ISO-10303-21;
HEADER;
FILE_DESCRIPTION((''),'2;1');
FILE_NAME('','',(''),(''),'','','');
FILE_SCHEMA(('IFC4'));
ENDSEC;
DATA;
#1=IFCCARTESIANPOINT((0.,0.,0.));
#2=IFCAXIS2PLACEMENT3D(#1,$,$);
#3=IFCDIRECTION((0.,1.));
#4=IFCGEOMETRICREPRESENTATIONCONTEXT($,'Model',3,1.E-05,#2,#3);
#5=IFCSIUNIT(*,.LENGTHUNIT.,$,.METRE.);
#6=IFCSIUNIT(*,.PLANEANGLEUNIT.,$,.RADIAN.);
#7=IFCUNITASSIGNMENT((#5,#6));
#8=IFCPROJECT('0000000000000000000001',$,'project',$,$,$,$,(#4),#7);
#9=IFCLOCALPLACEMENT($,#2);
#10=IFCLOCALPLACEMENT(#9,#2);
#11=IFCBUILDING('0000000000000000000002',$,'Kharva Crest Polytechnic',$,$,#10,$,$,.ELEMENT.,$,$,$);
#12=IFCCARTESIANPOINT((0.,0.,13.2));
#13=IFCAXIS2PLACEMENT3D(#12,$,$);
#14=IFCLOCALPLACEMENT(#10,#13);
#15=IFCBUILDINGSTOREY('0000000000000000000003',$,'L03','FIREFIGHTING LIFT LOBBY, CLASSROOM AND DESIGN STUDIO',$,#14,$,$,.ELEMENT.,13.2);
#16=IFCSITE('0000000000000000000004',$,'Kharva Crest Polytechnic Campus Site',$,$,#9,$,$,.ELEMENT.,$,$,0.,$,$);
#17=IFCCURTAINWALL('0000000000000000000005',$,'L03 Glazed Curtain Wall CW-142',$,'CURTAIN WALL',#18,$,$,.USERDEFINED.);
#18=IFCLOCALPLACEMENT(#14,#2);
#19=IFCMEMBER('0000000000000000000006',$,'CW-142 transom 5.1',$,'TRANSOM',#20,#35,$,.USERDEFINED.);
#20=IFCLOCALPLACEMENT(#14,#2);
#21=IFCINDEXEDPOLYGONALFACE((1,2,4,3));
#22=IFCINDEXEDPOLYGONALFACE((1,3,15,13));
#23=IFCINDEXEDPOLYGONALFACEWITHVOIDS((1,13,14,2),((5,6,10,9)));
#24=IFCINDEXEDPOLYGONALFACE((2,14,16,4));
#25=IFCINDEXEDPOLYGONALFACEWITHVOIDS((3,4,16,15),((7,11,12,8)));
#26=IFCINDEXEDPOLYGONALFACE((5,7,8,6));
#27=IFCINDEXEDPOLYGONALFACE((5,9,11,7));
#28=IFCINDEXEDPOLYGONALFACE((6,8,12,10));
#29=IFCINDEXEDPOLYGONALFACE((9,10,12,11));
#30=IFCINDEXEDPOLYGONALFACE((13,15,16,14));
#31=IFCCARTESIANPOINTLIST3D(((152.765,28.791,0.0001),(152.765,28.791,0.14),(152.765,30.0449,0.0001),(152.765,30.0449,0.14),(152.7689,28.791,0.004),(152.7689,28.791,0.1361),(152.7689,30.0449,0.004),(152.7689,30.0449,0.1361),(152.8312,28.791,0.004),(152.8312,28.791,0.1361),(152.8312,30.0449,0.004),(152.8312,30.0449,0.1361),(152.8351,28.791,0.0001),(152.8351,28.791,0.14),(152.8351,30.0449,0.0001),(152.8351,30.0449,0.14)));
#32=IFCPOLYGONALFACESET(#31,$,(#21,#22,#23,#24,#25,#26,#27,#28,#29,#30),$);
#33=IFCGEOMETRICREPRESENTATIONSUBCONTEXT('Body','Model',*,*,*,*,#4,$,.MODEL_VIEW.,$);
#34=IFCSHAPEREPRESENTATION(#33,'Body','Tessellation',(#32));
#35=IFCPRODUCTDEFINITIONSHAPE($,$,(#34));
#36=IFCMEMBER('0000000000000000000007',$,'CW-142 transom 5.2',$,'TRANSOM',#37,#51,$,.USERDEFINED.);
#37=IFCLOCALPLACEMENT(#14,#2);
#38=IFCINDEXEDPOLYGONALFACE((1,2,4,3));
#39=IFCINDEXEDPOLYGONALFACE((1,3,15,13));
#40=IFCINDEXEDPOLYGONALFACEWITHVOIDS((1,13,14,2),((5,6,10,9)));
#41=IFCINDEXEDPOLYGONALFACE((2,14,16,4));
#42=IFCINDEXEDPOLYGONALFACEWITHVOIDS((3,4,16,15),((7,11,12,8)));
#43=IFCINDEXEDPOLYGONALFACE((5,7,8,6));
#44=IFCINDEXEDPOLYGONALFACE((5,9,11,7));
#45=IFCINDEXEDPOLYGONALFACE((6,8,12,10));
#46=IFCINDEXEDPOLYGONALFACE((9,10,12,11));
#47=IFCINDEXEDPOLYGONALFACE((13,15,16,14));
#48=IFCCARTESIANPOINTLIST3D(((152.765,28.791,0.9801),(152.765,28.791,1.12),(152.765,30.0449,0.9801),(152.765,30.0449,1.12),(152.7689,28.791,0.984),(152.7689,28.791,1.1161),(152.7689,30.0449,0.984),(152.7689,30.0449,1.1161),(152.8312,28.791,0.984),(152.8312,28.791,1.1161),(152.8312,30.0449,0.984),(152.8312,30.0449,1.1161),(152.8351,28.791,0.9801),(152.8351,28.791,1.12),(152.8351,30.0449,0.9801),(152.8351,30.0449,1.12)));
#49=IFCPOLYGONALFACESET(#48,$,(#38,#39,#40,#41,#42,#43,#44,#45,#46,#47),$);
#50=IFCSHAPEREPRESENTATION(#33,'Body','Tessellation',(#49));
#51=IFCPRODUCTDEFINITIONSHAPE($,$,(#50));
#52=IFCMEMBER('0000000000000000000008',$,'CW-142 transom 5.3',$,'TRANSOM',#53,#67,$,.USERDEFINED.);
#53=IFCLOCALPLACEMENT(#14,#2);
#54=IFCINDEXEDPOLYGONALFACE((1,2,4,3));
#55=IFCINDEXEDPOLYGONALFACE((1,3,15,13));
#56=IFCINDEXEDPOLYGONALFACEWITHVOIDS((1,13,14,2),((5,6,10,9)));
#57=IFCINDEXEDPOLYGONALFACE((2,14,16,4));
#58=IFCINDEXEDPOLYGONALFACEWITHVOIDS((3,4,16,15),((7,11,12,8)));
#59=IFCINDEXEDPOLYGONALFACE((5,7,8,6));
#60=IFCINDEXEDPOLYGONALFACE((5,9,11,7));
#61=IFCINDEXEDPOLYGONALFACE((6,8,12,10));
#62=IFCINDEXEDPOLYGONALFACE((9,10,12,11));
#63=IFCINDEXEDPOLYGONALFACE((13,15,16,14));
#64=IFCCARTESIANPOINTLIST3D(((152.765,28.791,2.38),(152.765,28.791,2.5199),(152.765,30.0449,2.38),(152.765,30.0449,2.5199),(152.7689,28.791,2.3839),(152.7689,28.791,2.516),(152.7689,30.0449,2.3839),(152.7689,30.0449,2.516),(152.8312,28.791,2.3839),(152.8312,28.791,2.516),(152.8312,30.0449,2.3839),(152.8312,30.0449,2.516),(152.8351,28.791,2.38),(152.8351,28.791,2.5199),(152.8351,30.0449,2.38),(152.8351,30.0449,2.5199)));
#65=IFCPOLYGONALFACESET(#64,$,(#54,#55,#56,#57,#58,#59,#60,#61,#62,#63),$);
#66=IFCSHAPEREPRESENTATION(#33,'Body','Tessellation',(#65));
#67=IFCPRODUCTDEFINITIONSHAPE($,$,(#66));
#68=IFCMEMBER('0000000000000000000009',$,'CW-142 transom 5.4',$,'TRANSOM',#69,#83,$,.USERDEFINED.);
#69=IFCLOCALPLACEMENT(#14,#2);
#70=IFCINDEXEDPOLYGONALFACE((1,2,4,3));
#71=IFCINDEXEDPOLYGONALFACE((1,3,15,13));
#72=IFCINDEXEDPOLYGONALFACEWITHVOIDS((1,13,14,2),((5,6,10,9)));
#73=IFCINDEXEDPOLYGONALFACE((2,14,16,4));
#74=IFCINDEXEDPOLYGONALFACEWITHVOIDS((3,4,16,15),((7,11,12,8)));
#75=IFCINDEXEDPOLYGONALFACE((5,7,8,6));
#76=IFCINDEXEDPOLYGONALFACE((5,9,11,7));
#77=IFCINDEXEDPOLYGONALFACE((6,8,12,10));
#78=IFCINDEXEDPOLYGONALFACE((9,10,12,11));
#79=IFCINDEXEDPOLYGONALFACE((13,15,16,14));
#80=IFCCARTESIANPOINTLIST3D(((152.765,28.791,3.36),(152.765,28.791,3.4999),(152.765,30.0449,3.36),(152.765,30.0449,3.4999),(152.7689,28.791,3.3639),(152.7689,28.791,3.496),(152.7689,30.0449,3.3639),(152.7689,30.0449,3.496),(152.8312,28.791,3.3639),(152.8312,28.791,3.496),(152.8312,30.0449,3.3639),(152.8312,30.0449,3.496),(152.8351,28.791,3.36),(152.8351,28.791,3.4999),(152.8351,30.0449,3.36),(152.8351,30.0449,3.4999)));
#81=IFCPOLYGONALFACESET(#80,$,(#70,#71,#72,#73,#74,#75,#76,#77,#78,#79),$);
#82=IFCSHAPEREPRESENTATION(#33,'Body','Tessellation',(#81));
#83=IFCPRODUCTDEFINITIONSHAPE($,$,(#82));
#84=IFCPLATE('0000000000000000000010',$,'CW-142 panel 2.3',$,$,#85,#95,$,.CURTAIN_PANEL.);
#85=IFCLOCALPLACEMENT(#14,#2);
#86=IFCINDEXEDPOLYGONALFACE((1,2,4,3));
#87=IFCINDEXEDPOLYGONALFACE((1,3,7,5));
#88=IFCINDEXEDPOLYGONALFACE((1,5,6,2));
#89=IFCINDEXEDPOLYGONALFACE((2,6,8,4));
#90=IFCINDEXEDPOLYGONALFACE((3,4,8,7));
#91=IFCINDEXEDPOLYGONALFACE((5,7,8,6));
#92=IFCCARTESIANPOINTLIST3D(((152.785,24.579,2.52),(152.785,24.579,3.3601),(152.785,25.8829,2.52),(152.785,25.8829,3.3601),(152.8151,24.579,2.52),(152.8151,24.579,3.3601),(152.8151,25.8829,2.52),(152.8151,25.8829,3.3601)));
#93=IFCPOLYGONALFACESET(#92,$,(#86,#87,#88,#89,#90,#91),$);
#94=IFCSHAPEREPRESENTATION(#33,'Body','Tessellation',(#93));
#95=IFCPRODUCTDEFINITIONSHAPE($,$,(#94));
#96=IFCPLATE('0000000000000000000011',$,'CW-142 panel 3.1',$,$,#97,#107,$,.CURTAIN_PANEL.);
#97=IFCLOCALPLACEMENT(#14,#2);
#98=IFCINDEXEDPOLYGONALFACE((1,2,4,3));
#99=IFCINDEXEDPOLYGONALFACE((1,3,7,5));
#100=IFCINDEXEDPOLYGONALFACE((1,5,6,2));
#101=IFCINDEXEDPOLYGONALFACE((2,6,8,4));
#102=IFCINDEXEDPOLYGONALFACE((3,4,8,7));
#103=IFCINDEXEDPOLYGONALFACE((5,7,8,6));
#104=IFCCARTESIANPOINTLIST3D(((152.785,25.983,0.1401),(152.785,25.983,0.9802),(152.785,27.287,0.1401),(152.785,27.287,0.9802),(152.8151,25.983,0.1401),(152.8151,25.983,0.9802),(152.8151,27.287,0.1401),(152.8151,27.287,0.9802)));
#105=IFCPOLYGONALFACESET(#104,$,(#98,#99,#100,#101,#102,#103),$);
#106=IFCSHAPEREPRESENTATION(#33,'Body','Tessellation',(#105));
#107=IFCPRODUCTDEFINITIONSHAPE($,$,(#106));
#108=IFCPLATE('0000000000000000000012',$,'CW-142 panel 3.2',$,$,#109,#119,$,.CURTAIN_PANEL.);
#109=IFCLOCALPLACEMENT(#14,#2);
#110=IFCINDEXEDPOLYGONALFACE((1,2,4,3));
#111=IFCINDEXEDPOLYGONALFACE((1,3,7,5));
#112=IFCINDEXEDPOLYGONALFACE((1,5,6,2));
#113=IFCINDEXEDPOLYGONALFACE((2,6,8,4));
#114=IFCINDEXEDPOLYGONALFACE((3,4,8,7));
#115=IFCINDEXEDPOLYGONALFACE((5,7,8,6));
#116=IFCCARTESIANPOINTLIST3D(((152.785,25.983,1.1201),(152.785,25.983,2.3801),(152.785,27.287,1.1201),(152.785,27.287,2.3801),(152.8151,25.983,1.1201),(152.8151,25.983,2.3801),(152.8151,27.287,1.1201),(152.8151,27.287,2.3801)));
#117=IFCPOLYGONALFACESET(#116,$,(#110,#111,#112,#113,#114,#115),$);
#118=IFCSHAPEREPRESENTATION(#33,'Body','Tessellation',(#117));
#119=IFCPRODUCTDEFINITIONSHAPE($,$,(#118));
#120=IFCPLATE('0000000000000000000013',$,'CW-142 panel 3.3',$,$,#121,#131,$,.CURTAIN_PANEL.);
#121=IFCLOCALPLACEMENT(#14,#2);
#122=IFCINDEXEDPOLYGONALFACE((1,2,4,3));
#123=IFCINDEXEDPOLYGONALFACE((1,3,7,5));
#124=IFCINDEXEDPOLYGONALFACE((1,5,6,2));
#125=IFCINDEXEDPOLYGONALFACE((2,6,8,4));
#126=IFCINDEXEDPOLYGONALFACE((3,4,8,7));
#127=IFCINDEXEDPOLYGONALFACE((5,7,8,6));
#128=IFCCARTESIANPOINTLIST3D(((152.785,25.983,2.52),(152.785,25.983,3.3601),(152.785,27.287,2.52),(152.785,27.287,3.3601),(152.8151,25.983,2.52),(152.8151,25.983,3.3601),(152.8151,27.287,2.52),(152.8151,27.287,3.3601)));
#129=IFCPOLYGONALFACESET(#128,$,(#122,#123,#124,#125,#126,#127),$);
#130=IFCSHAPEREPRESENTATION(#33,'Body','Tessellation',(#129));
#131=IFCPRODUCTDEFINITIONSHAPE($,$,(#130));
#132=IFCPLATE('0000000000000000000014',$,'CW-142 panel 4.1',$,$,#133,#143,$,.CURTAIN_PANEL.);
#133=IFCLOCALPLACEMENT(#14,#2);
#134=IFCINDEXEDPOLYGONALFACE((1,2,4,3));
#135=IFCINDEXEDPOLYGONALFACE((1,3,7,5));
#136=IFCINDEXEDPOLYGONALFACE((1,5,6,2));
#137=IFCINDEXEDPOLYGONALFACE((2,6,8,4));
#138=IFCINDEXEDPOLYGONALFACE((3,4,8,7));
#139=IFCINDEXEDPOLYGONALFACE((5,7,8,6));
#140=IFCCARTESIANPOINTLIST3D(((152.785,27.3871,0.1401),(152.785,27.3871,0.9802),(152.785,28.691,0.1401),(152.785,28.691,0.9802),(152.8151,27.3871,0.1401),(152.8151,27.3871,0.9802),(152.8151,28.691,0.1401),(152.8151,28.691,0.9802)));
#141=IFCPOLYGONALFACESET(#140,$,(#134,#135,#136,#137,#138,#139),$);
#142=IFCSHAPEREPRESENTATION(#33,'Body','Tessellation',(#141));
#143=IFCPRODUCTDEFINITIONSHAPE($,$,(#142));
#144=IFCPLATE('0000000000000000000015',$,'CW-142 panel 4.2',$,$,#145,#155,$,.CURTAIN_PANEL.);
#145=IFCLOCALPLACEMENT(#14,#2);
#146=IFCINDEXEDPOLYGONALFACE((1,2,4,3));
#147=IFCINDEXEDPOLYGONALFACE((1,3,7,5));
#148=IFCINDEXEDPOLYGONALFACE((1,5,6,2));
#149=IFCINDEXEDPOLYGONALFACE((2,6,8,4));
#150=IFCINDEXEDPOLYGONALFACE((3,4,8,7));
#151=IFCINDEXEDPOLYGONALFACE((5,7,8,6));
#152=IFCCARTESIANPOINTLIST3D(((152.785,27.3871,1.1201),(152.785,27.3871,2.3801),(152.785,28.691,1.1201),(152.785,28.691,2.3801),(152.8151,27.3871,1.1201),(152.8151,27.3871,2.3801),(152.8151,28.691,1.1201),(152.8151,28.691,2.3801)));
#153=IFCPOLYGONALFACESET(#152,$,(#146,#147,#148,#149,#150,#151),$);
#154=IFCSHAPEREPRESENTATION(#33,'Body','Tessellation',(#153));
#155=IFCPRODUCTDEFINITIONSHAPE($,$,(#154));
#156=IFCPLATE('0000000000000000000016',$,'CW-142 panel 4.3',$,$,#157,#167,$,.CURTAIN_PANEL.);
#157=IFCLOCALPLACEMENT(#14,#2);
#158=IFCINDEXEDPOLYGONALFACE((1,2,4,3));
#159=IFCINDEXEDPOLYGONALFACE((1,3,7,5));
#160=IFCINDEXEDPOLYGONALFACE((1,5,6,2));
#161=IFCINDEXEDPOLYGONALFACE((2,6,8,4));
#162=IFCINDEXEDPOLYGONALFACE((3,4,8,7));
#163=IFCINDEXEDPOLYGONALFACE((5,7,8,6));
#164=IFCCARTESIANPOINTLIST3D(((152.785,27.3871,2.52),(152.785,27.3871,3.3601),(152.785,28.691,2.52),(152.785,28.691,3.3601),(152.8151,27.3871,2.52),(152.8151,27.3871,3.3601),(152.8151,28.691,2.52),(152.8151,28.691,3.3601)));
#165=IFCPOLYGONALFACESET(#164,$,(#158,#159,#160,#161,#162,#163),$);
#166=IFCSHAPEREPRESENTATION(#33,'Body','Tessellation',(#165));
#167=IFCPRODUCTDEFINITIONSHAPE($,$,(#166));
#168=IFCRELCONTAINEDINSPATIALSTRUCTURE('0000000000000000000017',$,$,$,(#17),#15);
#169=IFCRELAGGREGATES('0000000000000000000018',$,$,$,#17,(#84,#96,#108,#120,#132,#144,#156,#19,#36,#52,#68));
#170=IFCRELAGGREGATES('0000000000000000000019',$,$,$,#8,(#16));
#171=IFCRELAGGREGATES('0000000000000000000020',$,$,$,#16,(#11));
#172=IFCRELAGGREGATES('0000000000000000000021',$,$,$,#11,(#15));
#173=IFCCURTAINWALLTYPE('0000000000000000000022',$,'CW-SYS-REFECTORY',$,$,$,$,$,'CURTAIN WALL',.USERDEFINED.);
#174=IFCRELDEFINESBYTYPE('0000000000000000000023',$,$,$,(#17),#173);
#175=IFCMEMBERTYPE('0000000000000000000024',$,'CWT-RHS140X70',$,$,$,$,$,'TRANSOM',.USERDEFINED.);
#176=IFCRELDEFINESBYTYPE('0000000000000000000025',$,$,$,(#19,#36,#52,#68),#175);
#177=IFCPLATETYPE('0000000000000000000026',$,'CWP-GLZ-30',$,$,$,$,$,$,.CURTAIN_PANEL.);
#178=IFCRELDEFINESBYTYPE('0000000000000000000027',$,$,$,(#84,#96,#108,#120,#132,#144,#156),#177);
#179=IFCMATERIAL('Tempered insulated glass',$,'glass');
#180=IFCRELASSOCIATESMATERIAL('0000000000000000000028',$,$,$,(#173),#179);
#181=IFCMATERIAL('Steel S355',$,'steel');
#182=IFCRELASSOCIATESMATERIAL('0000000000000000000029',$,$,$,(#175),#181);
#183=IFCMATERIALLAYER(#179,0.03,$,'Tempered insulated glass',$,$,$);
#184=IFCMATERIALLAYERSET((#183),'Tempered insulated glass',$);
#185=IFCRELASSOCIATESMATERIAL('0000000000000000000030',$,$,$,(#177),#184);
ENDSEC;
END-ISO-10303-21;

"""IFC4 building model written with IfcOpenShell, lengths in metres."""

from ifc_helpers import new_model, si_unit, direction, frame, origin, origin_2d, place, context, subcontext, project, spatial, rectangle, hollow_rectangle, extrude, material, layer, layer_set, material_profile, profile_set, type_object, element, aggregate, save


model = new_model("IFC4")

# Units and contexts
model_context = context("Model", 3, precision=1e-05, world=origin(), true_north=direction((0.0, 1.0)))
body_context = subcontext(model_context, "Body", "Model", "MODEL_VIEW")
ifc_project = project(units=[si_unit("LENGTHUNIT", "METRE"), si_unit("PLANEANGLEUNIT", "RADIAN")], contexts=[model_context])

# Site, building, storey
site_placement = place(None, origin())
site = spatial("IfcSite", under=ifc_project, at=site_placement, Name="Kharva Crest Polytechnic Campus Site", CompositionType="ELEMENT", RefElevation=0.0)
building_placement = place(site_placement, origin())
building = spatial("IfcBuilding", under=site, at=building_placement, Name="Kharva Crest Polytechnic", CompositionType="ELEMENT")
storey_placement = place(building_placement, frame((0.0, 0.0, 13.2)))
storey = spatial("IfcBuildingStorey", under=building, at=storey_placement, Name="L03", Description="FIREFIGHTING LIFT LOBBY, CLASSROOM AND DESIGN STUDIO", CompositionType="ELEMENT", Elevation=13.2)

# Curtain wall, members, plates
ifc_material_1 = material(Name="Tempered insulated glass", Category="glass")
curtain_wall_type = type_object("IfcCurtainWallType", Name="CW-SYS-REFECTORY", ElementType="CURTAIN WALL", PredefinedType="USERDEFINED", material=ifc_material_1)
curtain_wall_placement = place(storey_placement, origin())
curtain_wall = element("IfcCurtainWall", 1, at=curtain_wall_placement, inside=storey, type_object=curtain_wall_type, Name="L03 Glazed Curtain Wall CW-142", ObjectType="CURTAIN WALL", PredefinedType="USERDEFINED")
ifc_material_2 = material(Name="Steel S355", Category="steel")
ifc_material_profile_1 = material_profile(ifc_material_2, hollow_rectangle(XDim=0.0701, YDim=0.1399, WallThickness=0.0039, at=origin_2d()), Name="RHS 140X70X4.0")
ifc_profile_set_1 = profile_set([ifc_material_profile_1], Name="Steel S355")
member_type_1 = type_object("IfcMemberType", Name="CWT-RHS140X70", ElementType="TRANSOM", PredefinedType="USERDEFINED", material=ifc_profile_set_1)
member_1_placement = place(storey_placement, frame((152.8, 28.791, 0.0701), z_axis=(0.0, 1.0, 0.0), x_axis=(-1.0, 0.0, 0.0)))
member_1 = element("IfcMember", 2, at=member_1_placement, type_object=member_type_1, Name="CW-142 transom 5.1", ObjectType="TRANSOM", PredefinedType="USERDEFINED", context=body_context, shape_type="SweptSolid", body=[
    extrude(hollow_rectangle(XDim=0.0701, YDim=0.1399, WallThickness=0.0039, at=origin_2d()), origin(), (0.0, 0.0, 1.0), 1.2539),
])
member_2_placement = place(storey_placement, frame((152.8, 28.791, 1.05), z_axis=(0.0, 1.0, 0.0), x_axis=(-1.0, 0.0, 0.0)))
member_2 = element("IfcMember", 3, at=member_2_placement, type_object=member_type_1, Name="CW-142 transom 5.2", ObjectType="TRANSOM", PredefinedType="USERDEFINED", context=body_context, shape_type="SweptSolid", body=[
    extrude(hollow_rectangle(XDim=0.0701, YDim=0.1399, WallThickness=0.0039, at=origin_2d()), origin(), (0.0, 0.0, 1.0), 1.2539),
])
member_3_placement = place(storey_placement, frame((152.8, 28.791, 2.45), z_axis=(0.0, 1.0, 0.0), x_axis=(-1.0, 0.0, 0.0)))
member_3 = element("IfcMember", 4, at=member_3_placement, type_object=member_type_1, Name="CW-142 transom 5.3", ObjectType="TRANSOM", PredefinedType="USERDEFINED", context=body_context, shape_type="SweptSolid", body=[
    extrude(hollow_rectangle(XDim=0.0701, YDim=0.1399, WallThickness=0.0039, at=origin_2d()), origin(), (0.0, 0.0, 1.0), 1.2539),
])
member_4_placement = place(storey_placement, frame((152.8, 28.791, 3.4299), z_axis=(0.0, 1.0, 0.0), x_axis=(-1.0, 0.0, 0.0)))
member_4 = element("IfcMember", 5, at=member_4_placement, type_object=member_type_1, Name="CW-142 transom 5.4", ObjectType="TRANSOM", PredefinedType="USERDEFINED", context=body_context, shape_type="SweptSolid", body=[
    extrude(hollow_rectangle(XDim=0.0701, YDim=0.1399, WallThickness=0.0039, at=origin_2d()), origin(), (0.0, 0.0, 1.0), 1.2539),
])
ifc_layer = layer(ifc_material_1, 0.03, Name="Tempered insulated glass")
ifc_layer_set = layer_set([ifc_layer], Name="Tempered insulated glass")
plate_type = type_object("IfcPlateType", Name="CWP-GLZ-30", PredefinedType="CURTAIN_PANEL", material=ifc_layer_set)
plate_1_placement = place(storey_placement, frame((152.8, 25.231, 2.52), z_axis=(0.0, 0.0, 1.0), x_axis=(0.0, 1.0, 0.0)))
plate_1 = element("IfcPlate", 6, at=plate_1_placement, type_object=plate_type, Name="CW-142 panel 2.3", PredefinedType="CURTAIN_PANEL", context=body_context, shape_type="SweptSolid", body=[
    extrude(rectangle(XDim=1.304, YDim=0.03, at=origin_2d()), origin(), (0.0, 0.0, 1.0), 0.8401),
])
plate_2_placement = place(storey_placement, frame((152.8, 26.635, 0.1401), z_axis=(0.0, 0.0, 1.0), x_axis=(0.0, 1.0, 0.0)))
plate_2 = element("IfcPlate", 7, at=plate_2_placement, type_object=plate_type, Name="CW-142 panel 3.1", PredefinedType="CURTAIN_PANEL", context=body_context, shape_type="SweptSolid", body=[
    extrude(rectangle(XDim=1.304, YDim=0.03, at=origin_2d()), origin(), (0.0, 0.0, 1.0), 0.8401),
])
plate_3_placement = place(storey_placement, frame((152.8, 26.635, 1.1201), z_axis=(0.0, 0.0, 1.0), x_axis=(0.0, 1.0, 0.0)))
plate_3 = element("IfcPlate", 8, at=plate_3_placement, type_object=plate_type, Name="CW-142 panel 3.2", PredefinedType="CURTAIN_PANEL", context=body_context, shape_type="SweptSolid", body=[
    extrude(rectangle(XDim=1.304, YDim=0.03, at=origin_2d()), origin(), (0.0, 0.0, 1.0), 1.26),
])
plate_4_placement = place(storey_placement, frame((152.8, 26.635, 2.52), z_axis=(0.0, 0.0, 1.0), x_axis=(0.0, 1.0, 0.0)))
plate_4 = element("IfcPlate", 9, at=plate_4_placement, type_object=plate_type, Name="CW-142 panel 3.3", PredefinedType="CURTAIN_PANEL", context=body_context, shape_type="SweptSolid", body=[
    extrude(rectangle(XDim=1.304, YDim=0.03, at=origin_2d()), origin(), (0.0, 0.0, 1.0), 0.8401),
])
plate_5_placement = place(storey_placement, frame((152.8, 28.0391, 0.1401), z_axis=(0.0, 0.0, 1.0), x_axis=(0.0, 1.0, 0.0)))
plate_5 = element("IfcPlate", 10, at=plate_5_placement, type_object=plate_type, Name="CW-142 panel 4.1", PredefinedType="CURTAIN_PANEL", context=body_context, shape_type="SweptSolid", body=[
    extrude(rectangle(XDim=1.304, YDim=0.03, at=origin_2d()), origin(), (0.0, 0.0, 1.0), 0.8401),
])
plate_6_placement = place(storey_placement, frame((152.8, 28.0391, 1.1201), z_axis=(0.0, 0.0, 1.0), x_axis=(0.0, 1.0, 0.0)))
plate_6 = element("IfcPlate", 11, at=plate_6_placement, type_object=plate_type, Name="CW-142 panel 4.2", PredefinedType="CURTAIN_PANEL", context=body_context, shape_type="SweptSolid", body=[
    extrude(rectangle(XDim=1.304, YDim=0.03, at=origin_2d()), origin(), (0.0, 0.0, 1.0), 1.26),
])
plate_7_placement = place(storey_placement, frame((152.8, 28.0391, 2.52), z_axis=(0.0, 0.0, 1.0), x_axis=(0.0, 1.0, 0.0)))
plate_7 = element("IfcPlate", 12, at=plate_7_placement, type_object=plate_type, Name="CW-142 panel 4.3", PredefinedType="CURTAIN_PANEL", context=body_context, shape_type="SweptSolid", body=[
    extrude(rectangle(XDim=1.304, YDim=0.03, at=origin_2d()), origin(), (0.0, 0.0, 1.0), 0.8401),
])
aggregate(curtain_wall, [plate_1, plate_2, plate_3, plate_4, plate_5, plate_6, plate_7, member_1, member_2, member_3, member_4])

save(model, "model.ifc")
